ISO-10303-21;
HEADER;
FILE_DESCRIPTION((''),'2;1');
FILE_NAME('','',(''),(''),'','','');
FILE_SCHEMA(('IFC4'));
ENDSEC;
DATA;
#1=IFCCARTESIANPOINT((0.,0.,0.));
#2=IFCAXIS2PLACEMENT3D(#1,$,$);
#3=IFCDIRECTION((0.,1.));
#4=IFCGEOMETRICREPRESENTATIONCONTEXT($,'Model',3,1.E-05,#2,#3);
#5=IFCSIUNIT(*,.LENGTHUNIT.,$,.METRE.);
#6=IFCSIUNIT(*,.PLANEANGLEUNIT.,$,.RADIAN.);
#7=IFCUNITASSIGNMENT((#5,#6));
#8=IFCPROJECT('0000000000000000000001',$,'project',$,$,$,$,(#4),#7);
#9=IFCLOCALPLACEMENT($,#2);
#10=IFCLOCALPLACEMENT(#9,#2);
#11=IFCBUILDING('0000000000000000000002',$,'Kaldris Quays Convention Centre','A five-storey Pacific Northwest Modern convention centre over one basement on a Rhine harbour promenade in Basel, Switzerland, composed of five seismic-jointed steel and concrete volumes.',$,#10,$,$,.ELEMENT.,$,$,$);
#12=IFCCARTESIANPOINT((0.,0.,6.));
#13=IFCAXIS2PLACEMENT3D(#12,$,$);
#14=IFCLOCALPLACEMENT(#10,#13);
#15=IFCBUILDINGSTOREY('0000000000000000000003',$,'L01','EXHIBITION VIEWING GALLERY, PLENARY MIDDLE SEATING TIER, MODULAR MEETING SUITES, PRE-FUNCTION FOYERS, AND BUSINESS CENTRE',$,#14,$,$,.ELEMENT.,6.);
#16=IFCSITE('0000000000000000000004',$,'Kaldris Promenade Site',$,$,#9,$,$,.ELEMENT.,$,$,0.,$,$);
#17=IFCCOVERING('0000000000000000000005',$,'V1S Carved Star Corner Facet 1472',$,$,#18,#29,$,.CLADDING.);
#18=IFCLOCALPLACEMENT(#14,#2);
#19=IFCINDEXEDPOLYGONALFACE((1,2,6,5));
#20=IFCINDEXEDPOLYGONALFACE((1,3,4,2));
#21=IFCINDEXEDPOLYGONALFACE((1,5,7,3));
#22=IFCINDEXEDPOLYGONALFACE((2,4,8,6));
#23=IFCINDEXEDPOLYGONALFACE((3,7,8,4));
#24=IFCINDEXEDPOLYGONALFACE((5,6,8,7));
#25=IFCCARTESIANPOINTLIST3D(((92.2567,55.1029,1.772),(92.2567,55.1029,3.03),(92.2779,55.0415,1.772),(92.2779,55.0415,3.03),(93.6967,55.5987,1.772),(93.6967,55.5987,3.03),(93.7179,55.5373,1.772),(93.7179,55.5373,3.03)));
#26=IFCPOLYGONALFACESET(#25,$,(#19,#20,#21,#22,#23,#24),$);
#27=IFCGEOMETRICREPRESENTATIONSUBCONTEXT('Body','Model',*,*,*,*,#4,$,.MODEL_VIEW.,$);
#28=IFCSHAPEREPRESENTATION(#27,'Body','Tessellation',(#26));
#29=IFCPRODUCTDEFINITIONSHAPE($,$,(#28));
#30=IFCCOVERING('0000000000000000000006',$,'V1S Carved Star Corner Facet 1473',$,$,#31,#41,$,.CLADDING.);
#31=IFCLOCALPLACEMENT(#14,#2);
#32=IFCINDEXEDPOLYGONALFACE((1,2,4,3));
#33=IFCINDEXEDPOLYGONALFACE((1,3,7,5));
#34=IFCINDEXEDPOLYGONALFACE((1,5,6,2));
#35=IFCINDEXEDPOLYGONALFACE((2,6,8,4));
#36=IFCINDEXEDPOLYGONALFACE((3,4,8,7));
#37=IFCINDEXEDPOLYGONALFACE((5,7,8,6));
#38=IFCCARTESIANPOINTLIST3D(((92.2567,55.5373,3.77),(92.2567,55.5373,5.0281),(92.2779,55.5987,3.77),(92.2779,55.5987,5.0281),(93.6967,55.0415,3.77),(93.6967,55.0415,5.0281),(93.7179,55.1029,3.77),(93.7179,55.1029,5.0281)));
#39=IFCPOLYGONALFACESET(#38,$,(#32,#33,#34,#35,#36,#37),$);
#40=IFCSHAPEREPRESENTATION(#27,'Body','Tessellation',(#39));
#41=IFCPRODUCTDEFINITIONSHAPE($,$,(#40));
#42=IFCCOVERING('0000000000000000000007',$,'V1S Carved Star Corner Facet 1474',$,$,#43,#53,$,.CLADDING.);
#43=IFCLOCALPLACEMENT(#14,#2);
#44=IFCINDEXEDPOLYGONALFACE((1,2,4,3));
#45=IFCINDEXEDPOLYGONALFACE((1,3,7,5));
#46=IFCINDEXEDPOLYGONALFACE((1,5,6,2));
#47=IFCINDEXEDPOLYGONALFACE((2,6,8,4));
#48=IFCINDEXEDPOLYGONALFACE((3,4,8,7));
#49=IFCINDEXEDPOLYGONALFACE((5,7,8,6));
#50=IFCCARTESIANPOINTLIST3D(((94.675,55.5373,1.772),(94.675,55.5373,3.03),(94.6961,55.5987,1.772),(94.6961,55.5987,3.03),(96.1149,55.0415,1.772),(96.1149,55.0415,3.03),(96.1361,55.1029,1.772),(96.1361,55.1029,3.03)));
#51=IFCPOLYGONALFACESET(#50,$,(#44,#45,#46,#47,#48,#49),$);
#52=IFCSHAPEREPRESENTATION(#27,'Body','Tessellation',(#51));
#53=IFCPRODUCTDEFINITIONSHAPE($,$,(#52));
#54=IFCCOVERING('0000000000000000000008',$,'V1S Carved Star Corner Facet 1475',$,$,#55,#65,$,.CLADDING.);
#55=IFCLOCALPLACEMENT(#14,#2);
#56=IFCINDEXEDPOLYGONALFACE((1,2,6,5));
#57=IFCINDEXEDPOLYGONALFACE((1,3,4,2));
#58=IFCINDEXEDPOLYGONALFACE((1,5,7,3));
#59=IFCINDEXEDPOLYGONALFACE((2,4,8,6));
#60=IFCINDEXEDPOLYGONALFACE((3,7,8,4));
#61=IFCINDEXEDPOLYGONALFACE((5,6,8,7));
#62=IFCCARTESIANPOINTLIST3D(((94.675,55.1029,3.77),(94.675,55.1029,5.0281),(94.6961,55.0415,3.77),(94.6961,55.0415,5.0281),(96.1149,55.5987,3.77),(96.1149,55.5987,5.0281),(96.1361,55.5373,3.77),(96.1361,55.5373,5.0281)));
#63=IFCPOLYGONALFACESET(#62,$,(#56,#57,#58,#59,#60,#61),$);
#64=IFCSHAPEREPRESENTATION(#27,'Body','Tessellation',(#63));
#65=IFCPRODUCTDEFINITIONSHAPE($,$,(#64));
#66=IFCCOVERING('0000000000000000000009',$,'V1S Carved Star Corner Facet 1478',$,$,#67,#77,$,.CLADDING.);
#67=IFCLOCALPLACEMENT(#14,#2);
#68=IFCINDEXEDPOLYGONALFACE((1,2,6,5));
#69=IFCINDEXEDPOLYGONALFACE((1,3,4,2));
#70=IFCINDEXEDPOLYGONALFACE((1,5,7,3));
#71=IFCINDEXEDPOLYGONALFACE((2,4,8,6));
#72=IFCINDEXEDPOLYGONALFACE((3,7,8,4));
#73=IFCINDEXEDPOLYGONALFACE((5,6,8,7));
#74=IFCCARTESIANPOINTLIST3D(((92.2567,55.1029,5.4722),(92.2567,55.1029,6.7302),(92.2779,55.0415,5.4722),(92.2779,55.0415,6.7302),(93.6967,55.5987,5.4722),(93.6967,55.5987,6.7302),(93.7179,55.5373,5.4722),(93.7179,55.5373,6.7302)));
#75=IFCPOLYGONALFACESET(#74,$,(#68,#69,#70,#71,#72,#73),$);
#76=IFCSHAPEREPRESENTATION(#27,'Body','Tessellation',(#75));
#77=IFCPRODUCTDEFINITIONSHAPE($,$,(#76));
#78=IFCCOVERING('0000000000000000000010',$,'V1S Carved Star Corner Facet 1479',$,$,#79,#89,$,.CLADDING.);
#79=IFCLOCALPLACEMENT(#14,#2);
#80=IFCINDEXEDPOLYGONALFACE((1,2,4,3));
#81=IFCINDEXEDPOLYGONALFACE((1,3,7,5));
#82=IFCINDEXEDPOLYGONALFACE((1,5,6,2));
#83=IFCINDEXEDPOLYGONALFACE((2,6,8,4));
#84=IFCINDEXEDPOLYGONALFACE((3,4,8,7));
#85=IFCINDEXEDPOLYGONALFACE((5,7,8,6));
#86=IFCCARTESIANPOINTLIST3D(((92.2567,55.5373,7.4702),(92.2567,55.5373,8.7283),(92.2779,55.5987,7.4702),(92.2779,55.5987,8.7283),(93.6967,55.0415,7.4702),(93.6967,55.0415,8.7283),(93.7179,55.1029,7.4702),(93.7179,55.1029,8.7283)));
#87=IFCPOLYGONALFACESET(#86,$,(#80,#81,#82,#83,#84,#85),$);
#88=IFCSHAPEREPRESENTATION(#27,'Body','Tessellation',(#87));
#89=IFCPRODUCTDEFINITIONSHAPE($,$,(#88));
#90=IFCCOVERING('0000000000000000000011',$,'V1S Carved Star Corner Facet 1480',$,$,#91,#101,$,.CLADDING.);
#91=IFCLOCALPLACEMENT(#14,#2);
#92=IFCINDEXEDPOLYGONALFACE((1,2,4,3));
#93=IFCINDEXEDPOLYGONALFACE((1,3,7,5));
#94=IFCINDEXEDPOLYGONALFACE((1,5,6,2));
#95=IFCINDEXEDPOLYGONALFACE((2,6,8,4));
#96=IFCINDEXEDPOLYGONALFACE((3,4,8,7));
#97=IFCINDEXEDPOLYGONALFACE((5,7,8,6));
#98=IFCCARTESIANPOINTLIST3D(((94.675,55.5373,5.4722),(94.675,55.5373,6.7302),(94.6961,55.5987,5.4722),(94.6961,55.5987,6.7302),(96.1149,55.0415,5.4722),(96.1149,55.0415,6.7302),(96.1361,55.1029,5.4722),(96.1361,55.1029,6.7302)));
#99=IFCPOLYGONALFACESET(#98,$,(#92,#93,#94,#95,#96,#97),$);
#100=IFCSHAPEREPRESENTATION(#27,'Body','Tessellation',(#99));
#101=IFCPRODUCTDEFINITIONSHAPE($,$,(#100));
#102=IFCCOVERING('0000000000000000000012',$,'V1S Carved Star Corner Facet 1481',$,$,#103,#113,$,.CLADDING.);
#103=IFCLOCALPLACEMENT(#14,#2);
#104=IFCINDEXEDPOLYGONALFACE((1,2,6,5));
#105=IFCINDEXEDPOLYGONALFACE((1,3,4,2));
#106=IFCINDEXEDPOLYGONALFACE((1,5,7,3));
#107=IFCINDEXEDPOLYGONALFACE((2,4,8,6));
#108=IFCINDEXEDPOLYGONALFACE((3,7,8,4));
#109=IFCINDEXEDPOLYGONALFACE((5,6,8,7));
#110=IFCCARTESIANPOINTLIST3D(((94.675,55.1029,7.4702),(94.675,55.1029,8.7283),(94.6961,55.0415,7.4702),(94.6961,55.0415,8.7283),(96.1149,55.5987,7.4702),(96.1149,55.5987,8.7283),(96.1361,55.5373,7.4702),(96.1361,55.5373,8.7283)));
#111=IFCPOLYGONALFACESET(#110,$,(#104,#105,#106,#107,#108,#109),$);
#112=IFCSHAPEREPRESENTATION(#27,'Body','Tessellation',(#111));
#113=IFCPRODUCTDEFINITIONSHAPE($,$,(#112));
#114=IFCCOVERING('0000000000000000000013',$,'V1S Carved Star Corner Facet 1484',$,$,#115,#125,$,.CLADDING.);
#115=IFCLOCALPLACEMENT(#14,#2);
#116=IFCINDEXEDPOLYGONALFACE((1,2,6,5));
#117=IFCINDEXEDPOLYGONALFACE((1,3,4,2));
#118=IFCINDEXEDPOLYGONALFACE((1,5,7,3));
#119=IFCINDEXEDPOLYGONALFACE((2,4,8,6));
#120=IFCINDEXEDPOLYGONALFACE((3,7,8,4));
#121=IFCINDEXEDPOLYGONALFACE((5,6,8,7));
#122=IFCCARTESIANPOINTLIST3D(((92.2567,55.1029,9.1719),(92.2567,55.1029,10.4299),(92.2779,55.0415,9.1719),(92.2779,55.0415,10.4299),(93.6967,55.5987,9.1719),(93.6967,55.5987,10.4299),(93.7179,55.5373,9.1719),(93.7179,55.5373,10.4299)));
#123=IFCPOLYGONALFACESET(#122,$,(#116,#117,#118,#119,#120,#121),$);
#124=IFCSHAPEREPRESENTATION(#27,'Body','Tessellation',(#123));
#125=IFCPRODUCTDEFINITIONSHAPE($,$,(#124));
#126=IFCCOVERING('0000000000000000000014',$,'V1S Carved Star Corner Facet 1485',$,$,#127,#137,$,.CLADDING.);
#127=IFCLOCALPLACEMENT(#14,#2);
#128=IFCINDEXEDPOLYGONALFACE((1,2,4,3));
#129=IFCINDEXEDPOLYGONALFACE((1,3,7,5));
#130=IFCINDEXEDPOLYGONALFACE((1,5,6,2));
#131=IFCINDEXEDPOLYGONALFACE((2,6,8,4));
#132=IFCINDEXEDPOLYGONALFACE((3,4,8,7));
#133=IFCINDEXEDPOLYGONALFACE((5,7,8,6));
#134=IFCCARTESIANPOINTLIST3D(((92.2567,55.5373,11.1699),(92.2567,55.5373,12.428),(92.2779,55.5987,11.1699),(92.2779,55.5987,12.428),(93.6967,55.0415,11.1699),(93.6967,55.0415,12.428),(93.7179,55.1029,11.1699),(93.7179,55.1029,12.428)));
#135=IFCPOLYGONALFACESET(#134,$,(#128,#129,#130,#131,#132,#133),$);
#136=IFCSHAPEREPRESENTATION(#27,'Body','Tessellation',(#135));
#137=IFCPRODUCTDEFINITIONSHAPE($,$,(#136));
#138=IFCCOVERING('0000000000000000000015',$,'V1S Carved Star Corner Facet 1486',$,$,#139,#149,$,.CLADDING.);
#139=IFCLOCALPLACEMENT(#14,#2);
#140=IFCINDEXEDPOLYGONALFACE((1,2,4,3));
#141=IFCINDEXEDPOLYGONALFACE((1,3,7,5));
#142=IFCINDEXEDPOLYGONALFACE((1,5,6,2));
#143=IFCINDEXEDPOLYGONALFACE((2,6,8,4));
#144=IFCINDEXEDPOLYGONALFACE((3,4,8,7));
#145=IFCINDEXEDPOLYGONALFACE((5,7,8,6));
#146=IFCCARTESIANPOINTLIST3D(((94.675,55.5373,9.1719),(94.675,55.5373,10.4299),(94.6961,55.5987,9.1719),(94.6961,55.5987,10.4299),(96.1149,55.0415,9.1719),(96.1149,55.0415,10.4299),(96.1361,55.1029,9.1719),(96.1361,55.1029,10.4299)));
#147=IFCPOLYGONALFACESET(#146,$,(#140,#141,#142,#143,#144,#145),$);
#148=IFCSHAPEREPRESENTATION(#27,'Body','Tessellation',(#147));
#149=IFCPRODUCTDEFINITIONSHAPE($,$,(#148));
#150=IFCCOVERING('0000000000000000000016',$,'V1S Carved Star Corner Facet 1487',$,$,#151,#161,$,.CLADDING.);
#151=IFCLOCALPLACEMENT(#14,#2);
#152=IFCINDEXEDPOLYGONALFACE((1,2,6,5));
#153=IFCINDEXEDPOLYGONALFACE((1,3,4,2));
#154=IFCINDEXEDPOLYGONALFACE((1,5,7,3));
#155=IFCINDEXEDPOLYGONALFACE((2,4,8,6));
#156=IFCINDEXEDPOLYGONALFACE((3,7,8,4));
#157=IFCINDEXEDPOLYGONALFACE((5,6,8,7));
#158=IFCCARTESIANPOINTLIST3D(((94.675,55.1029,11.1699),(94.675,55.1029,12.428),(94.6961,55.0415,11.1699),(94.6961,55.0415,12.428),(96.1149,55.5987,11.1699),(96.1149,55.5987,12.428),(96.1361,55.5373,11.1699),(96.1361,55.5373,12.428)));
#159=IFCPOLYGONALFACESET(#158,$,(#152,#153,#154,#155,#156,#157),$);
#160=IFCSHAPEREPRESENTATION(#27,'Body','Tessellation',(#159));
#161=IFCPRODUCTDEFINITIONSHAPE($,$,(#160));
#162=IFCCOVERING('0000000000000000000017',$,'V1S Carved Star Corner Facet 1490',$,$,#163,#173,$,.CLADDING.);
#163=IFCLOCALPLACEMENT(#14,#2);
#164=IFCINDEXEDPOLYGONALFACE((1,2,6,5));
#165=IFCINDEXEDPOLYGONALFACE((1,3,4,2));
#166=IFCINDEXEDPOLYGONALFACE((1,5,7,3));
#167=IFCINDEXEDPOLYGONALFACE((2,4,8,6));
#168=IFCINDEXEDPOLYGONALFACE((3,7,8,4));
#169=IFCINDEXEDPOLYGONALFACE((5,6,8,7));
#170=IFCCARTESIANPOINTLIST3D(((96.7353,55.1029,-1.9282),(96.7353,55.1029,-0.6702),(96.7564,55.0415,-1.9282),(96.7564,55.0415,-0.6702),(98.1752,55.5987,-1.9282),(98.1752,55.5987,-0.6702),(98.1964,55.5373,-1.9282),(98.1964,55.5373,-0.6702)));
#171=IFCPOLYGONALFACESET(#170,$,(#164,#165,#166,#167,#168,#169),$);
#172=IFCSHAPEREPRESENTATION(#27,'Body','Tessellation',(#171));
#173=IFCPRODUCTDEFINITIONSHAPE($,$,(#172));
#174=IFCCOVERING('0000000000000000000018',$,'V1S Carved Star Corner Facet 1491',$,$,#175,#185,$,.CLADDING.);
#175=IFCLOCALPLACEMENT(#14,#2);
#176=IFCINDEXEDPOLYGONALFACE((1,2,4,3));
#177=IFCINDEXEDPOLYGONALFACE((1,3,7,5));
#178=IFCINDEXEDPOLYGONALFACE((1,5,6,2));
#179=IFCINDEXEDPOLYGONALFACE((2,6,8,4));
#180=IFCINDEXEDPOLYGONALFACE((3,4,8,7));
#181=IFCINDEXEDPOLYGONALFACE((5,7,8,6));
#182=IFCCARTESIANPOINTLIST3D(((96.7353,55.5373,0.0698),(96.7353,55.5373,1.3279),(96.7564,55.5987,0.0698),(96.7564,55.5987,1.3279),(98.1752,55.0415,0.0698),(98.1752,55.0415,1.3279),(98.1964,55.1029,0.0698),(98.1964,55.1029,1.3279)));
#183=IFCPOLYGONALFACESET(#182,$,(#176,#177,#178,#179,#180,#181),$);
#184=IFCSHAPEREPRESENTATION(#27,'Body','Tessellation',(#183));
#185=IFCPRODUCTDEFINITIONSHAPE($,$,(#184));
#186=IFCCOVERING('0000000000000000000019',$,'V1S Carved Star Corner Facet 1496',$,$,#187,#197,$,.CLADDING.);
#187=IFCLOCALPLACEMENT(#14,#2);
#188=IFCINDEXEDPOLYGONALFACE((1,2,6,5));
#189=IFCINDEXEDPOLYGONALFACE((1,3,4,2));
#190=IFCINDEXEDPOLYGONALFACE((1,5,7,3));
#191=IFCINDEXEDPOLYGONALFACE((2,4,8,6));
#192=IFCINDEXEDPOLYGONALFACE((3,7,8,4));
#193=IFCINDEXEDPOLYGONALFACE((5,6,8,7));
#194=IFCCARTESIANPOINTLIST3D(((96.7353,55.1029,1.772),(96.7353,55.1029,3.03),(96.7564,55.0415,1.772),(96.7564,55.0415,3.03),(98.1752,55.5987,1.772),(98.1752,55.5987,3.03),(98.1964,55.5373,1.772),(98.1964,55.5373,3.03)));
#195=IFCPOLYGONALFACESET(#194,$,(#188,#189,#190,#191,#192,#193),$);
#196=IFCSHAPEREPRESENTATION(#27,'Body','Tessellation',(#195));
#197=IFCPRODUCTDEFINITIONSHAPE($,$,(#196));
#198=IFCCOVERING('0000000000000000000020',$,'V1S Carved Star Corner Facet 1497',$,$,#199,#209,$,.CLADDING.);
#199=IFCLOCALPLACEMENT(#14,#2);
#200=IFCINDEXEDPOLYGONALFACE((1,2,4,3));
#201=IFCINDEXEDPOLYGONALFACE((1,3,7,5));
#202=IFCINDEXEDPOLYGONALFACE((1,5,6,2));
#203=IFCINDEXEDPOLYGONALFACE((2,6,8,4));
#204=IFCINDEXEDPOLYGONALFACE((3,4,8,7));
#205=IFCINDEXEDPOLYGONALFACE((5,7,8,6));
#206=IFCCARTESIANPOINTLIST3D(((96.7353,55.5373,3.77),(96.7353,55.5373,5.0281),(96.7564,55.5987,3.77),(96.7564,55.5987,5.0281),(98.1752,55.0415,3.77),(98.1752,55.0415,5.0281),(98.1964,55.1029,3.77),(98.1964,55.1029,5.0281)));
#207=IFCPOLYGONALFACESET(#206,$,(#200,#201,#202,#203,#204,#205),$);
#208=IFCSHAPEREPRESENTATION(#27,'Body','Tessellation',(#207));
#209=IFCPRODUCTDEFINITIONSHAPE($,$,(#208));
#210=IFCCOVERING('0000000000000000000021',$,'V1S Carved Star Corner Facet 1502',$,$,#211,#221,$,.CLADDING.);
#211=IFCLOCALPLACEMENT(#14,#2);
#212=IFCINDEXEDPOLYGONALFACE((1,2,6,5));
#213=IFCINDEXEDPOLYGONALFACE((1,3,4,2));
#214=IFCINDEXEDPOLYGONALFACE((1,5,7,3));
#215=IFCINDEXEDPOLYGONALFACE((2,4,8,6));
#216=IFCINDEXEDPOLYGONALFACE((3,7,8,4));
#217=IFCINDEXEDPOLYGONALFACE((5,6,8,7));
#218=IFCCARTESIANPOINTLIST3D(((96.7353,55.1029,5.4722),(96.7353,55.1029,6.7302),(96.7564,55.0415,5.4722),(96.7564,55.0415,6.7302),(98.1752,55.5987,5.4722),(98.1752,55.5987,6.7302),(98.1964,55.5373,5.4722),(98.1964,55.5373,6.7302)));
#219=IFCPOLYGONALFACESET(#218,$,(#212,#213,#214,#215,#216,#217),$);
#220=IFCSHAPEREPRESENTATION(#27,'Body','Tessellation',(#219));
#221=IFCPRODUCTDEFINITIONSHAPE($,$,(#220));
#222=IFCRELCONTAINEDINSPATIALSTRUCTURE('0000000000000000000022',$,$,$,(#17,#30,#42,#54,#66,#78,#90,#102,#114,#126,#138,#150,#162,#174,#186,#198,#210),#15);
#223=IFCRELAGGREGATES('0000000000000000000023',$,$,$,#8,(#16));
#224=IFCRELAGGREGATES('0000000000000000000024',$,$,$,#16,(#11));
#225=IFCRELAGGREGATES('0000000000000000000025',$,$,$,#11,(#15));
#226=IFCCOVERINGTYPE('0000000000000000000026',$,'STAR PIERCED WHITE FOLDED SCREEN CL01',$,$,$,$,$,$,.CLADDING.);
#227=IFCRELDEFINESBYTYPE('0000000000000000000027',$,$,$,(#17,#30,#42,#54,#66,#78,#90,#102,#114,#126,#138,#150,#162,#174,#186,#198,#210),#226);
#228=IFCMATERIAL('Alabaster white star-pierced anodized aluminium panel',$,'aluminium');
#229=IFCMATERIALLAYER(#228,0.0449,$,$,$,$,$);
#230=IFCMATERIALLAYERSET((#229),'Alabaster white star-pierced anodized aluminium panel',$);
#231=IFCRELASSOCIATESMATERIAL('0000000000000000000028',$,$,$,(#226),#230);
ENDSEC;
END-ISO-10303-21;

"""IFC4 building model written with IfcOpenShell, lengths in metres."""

from ifc_helpers import new_model, si_unit, direction, frame, origin, origin_2d, place, context, subcontext, project, spatial, rectangle, extrude, material, layer, layer_set, type_object, element, save


model = new_model("IFC4")

# Units and contexts
model_context = context("Model", 3, precision=1e-05, world=origin(), true_north=direction((0.0, 1.0)))
body_context = subcontext(model_context, "Body", "Model", "MODEL_VIEW")
ifc_project = project(units=[si_unit("LENGTHUNIT", "METRE"), si_unit("PLANEANGLEUNIT", "RADIAN")], contexts=[model_context])

# Site, building, storey
site_placement = place(None, origin())
site = spatial("IfcSite", under=ifc_project, at=site_placement, Name="Kaldris Promenade Site", CompositionType="ELEMENT", RefElevation=0.0)
building_placement = place(site_placement, origin())
building = spatial("IfcBuilding", under=site, at=building_placement, Name="Kaldris Quays Convention Centre", Description="A five-storey Pacific Northwest Modern convention centre over one basement on a Rhine harbour promenade in Basel, Switzerland, composed of five seismic-jointed steel and concrete volumes.", CompositionType="ELEMENT")
storey_placement = place(building_placement, frame((0.0, 0.0, 6.0)))
storey = spatial("IfcBuildingStorey", under=building, at=storey_placement, Name="L01", Description="EXHIBITION VIEWING GALLERY, PLENARY MIDDLE SEATING TIER, MODULAR MEETING SUITES, PRE-FUNCTION FOYERS, AND BUSINESS CENTRE", CompositionType="ELEMENT", Elevation=6.0)

# Coverings
ifc_material_1 = material(Name="Alabaster white star-pierced anodized aluminium panel", Category="aluminium")
ifc_layer = layer(ifc_material_1, 0.0449)
ifc_layer_set = layer_set([ifc_layer], Name="Alabaster white star-pierced anodized aluminium panel")
covering_type = type_object("IfcCoveringType", Name="STAR PIERCED WHITE FOLDED SCREEN CL01", PredefinedType="CLADDING", material=ifc_layer_set)
for number, where, z_axis, x_axis, name in (
    (1, (92.9873, 55.3201, 1.772), (0.0, 0.0, 1.0), (0.945519, 0.325568, 0.0), "V1S Carved Star Corner Facet 1472"),
    (2, (92.9873, 55.3201, 3.77), (0.0, 0.0, 1.0), (0.945519, -0.325568, 0.0), "V1S Carved Star Corner Facet 1473"),
    (3, (95.4055, 55.3201, 1.772), (0.0, 0.0, 1.0), (0.945519, -0.325568, 0.0), "V1S Carved Star Corner Facet 1474"),
    (4, (95.4055, 55.3201, 3.77), (0.0, 0.0, 1.0), (0.945519, 0.325568, 0.0), "V1S Carved Star Corner Facet 1475"),
    (5, (92.9873, 55.3201, 5.4722), (0.0, 0.0, 1.0), (0.945519, 0.325568, 0.0), "V1S Carved Star Corner Facet 1478"),
    (6, (92.9873, 55.3201, 7.4702), (0.0, 0.0, 1.0), (0.945519, -0.325568, 0.0), "V1S Carved Star Corner Facet 1479"),
    (7, (95.4055, 55.3201, 5.4722), (0.0, 0.0, 1.0), (0.945519, -0.325568, 0.0), "V1S Carved Star Corner Facet 1480"),
    (8, (95.4055, 55.3201, 7.4702), (0.0, 0.0, 1.0), (0.945519, 0.325568, 0.0), "V1S Carved Star Corner Facet 1481"),
    (9, (92.9873, 55.3201, 9.1719), (0.0, 0.0, 1.0), (0.945519, 0.325568, 0.0), "V1S Carved Star Corner Facet 1484"),
    (10, (92.9873, 55.3201, 11.1699), (0.0, 0.0, 1.0), (0.945519, -0.325568, 0.0), "V1S Carved Star Corner Facet 1485"),
    (11, (95.4055, 55.3201, 9.1719), (0.0, 0.0, 1.0), (0.945519, -0.325568, 0.0), "V1S Carved Star Corner Facet 1486"),
    (12, (95.4055, 55.3201, 11.1699), (0.0, 0.0, 1.0), (0.945519, 0.325568, 0.0), "V1S Carved Star Corner Facet 1487"),
    (13, (97.4658, 55.3201, -1.9282), (0.0, 0.0, 1.0), (0.945519, 0.325568, 0.0), "V1S Carved Star Corner Facet 1490"),
    (14, (97.4658, 55.3201, 0.0698), (0.0, 0.0, 1.0), (0.945519, -0.325568, 0.0), "V1S Carved Star Corner Facet 1491"),
    (15, (97.4658, 55.3201, 1.772), (0.0, 0.0, 1.0), (0.945519, 0.325568, 0.0), "V1S Carved Star Corner Facet 1496"),
    (16, (97.4658, 55.3201, 3.77), (0.0, 0.0, 1.0), (0.945519, -0.325568, 0.0), "V1S Carved Star Corner Facet 1497"),
    (17, (97.4658, 55.3201, 5.4722), (0.0, 0.0, 1.0), (0.945519, 0.325568, 0.0), "V1S Carved Star Corner Facet 1502"),
):
    element("IfcCovering", number, at=place(storey_placement, frame(where, z_axis=z_axis, x_axis=x_axis)), inside=storey, type_object=covering_type, Name=name, PredefinedType="CLADDING", context=body_context, shape_type="SweptSolid", body=[
        extrude(rectangle(XDim=1.5229, YDim=0.0649, at=origin_2d()), origin(), (0.0, 0.0, 1.0), 1.2581),
    ])

save(model, "model.ifc")
